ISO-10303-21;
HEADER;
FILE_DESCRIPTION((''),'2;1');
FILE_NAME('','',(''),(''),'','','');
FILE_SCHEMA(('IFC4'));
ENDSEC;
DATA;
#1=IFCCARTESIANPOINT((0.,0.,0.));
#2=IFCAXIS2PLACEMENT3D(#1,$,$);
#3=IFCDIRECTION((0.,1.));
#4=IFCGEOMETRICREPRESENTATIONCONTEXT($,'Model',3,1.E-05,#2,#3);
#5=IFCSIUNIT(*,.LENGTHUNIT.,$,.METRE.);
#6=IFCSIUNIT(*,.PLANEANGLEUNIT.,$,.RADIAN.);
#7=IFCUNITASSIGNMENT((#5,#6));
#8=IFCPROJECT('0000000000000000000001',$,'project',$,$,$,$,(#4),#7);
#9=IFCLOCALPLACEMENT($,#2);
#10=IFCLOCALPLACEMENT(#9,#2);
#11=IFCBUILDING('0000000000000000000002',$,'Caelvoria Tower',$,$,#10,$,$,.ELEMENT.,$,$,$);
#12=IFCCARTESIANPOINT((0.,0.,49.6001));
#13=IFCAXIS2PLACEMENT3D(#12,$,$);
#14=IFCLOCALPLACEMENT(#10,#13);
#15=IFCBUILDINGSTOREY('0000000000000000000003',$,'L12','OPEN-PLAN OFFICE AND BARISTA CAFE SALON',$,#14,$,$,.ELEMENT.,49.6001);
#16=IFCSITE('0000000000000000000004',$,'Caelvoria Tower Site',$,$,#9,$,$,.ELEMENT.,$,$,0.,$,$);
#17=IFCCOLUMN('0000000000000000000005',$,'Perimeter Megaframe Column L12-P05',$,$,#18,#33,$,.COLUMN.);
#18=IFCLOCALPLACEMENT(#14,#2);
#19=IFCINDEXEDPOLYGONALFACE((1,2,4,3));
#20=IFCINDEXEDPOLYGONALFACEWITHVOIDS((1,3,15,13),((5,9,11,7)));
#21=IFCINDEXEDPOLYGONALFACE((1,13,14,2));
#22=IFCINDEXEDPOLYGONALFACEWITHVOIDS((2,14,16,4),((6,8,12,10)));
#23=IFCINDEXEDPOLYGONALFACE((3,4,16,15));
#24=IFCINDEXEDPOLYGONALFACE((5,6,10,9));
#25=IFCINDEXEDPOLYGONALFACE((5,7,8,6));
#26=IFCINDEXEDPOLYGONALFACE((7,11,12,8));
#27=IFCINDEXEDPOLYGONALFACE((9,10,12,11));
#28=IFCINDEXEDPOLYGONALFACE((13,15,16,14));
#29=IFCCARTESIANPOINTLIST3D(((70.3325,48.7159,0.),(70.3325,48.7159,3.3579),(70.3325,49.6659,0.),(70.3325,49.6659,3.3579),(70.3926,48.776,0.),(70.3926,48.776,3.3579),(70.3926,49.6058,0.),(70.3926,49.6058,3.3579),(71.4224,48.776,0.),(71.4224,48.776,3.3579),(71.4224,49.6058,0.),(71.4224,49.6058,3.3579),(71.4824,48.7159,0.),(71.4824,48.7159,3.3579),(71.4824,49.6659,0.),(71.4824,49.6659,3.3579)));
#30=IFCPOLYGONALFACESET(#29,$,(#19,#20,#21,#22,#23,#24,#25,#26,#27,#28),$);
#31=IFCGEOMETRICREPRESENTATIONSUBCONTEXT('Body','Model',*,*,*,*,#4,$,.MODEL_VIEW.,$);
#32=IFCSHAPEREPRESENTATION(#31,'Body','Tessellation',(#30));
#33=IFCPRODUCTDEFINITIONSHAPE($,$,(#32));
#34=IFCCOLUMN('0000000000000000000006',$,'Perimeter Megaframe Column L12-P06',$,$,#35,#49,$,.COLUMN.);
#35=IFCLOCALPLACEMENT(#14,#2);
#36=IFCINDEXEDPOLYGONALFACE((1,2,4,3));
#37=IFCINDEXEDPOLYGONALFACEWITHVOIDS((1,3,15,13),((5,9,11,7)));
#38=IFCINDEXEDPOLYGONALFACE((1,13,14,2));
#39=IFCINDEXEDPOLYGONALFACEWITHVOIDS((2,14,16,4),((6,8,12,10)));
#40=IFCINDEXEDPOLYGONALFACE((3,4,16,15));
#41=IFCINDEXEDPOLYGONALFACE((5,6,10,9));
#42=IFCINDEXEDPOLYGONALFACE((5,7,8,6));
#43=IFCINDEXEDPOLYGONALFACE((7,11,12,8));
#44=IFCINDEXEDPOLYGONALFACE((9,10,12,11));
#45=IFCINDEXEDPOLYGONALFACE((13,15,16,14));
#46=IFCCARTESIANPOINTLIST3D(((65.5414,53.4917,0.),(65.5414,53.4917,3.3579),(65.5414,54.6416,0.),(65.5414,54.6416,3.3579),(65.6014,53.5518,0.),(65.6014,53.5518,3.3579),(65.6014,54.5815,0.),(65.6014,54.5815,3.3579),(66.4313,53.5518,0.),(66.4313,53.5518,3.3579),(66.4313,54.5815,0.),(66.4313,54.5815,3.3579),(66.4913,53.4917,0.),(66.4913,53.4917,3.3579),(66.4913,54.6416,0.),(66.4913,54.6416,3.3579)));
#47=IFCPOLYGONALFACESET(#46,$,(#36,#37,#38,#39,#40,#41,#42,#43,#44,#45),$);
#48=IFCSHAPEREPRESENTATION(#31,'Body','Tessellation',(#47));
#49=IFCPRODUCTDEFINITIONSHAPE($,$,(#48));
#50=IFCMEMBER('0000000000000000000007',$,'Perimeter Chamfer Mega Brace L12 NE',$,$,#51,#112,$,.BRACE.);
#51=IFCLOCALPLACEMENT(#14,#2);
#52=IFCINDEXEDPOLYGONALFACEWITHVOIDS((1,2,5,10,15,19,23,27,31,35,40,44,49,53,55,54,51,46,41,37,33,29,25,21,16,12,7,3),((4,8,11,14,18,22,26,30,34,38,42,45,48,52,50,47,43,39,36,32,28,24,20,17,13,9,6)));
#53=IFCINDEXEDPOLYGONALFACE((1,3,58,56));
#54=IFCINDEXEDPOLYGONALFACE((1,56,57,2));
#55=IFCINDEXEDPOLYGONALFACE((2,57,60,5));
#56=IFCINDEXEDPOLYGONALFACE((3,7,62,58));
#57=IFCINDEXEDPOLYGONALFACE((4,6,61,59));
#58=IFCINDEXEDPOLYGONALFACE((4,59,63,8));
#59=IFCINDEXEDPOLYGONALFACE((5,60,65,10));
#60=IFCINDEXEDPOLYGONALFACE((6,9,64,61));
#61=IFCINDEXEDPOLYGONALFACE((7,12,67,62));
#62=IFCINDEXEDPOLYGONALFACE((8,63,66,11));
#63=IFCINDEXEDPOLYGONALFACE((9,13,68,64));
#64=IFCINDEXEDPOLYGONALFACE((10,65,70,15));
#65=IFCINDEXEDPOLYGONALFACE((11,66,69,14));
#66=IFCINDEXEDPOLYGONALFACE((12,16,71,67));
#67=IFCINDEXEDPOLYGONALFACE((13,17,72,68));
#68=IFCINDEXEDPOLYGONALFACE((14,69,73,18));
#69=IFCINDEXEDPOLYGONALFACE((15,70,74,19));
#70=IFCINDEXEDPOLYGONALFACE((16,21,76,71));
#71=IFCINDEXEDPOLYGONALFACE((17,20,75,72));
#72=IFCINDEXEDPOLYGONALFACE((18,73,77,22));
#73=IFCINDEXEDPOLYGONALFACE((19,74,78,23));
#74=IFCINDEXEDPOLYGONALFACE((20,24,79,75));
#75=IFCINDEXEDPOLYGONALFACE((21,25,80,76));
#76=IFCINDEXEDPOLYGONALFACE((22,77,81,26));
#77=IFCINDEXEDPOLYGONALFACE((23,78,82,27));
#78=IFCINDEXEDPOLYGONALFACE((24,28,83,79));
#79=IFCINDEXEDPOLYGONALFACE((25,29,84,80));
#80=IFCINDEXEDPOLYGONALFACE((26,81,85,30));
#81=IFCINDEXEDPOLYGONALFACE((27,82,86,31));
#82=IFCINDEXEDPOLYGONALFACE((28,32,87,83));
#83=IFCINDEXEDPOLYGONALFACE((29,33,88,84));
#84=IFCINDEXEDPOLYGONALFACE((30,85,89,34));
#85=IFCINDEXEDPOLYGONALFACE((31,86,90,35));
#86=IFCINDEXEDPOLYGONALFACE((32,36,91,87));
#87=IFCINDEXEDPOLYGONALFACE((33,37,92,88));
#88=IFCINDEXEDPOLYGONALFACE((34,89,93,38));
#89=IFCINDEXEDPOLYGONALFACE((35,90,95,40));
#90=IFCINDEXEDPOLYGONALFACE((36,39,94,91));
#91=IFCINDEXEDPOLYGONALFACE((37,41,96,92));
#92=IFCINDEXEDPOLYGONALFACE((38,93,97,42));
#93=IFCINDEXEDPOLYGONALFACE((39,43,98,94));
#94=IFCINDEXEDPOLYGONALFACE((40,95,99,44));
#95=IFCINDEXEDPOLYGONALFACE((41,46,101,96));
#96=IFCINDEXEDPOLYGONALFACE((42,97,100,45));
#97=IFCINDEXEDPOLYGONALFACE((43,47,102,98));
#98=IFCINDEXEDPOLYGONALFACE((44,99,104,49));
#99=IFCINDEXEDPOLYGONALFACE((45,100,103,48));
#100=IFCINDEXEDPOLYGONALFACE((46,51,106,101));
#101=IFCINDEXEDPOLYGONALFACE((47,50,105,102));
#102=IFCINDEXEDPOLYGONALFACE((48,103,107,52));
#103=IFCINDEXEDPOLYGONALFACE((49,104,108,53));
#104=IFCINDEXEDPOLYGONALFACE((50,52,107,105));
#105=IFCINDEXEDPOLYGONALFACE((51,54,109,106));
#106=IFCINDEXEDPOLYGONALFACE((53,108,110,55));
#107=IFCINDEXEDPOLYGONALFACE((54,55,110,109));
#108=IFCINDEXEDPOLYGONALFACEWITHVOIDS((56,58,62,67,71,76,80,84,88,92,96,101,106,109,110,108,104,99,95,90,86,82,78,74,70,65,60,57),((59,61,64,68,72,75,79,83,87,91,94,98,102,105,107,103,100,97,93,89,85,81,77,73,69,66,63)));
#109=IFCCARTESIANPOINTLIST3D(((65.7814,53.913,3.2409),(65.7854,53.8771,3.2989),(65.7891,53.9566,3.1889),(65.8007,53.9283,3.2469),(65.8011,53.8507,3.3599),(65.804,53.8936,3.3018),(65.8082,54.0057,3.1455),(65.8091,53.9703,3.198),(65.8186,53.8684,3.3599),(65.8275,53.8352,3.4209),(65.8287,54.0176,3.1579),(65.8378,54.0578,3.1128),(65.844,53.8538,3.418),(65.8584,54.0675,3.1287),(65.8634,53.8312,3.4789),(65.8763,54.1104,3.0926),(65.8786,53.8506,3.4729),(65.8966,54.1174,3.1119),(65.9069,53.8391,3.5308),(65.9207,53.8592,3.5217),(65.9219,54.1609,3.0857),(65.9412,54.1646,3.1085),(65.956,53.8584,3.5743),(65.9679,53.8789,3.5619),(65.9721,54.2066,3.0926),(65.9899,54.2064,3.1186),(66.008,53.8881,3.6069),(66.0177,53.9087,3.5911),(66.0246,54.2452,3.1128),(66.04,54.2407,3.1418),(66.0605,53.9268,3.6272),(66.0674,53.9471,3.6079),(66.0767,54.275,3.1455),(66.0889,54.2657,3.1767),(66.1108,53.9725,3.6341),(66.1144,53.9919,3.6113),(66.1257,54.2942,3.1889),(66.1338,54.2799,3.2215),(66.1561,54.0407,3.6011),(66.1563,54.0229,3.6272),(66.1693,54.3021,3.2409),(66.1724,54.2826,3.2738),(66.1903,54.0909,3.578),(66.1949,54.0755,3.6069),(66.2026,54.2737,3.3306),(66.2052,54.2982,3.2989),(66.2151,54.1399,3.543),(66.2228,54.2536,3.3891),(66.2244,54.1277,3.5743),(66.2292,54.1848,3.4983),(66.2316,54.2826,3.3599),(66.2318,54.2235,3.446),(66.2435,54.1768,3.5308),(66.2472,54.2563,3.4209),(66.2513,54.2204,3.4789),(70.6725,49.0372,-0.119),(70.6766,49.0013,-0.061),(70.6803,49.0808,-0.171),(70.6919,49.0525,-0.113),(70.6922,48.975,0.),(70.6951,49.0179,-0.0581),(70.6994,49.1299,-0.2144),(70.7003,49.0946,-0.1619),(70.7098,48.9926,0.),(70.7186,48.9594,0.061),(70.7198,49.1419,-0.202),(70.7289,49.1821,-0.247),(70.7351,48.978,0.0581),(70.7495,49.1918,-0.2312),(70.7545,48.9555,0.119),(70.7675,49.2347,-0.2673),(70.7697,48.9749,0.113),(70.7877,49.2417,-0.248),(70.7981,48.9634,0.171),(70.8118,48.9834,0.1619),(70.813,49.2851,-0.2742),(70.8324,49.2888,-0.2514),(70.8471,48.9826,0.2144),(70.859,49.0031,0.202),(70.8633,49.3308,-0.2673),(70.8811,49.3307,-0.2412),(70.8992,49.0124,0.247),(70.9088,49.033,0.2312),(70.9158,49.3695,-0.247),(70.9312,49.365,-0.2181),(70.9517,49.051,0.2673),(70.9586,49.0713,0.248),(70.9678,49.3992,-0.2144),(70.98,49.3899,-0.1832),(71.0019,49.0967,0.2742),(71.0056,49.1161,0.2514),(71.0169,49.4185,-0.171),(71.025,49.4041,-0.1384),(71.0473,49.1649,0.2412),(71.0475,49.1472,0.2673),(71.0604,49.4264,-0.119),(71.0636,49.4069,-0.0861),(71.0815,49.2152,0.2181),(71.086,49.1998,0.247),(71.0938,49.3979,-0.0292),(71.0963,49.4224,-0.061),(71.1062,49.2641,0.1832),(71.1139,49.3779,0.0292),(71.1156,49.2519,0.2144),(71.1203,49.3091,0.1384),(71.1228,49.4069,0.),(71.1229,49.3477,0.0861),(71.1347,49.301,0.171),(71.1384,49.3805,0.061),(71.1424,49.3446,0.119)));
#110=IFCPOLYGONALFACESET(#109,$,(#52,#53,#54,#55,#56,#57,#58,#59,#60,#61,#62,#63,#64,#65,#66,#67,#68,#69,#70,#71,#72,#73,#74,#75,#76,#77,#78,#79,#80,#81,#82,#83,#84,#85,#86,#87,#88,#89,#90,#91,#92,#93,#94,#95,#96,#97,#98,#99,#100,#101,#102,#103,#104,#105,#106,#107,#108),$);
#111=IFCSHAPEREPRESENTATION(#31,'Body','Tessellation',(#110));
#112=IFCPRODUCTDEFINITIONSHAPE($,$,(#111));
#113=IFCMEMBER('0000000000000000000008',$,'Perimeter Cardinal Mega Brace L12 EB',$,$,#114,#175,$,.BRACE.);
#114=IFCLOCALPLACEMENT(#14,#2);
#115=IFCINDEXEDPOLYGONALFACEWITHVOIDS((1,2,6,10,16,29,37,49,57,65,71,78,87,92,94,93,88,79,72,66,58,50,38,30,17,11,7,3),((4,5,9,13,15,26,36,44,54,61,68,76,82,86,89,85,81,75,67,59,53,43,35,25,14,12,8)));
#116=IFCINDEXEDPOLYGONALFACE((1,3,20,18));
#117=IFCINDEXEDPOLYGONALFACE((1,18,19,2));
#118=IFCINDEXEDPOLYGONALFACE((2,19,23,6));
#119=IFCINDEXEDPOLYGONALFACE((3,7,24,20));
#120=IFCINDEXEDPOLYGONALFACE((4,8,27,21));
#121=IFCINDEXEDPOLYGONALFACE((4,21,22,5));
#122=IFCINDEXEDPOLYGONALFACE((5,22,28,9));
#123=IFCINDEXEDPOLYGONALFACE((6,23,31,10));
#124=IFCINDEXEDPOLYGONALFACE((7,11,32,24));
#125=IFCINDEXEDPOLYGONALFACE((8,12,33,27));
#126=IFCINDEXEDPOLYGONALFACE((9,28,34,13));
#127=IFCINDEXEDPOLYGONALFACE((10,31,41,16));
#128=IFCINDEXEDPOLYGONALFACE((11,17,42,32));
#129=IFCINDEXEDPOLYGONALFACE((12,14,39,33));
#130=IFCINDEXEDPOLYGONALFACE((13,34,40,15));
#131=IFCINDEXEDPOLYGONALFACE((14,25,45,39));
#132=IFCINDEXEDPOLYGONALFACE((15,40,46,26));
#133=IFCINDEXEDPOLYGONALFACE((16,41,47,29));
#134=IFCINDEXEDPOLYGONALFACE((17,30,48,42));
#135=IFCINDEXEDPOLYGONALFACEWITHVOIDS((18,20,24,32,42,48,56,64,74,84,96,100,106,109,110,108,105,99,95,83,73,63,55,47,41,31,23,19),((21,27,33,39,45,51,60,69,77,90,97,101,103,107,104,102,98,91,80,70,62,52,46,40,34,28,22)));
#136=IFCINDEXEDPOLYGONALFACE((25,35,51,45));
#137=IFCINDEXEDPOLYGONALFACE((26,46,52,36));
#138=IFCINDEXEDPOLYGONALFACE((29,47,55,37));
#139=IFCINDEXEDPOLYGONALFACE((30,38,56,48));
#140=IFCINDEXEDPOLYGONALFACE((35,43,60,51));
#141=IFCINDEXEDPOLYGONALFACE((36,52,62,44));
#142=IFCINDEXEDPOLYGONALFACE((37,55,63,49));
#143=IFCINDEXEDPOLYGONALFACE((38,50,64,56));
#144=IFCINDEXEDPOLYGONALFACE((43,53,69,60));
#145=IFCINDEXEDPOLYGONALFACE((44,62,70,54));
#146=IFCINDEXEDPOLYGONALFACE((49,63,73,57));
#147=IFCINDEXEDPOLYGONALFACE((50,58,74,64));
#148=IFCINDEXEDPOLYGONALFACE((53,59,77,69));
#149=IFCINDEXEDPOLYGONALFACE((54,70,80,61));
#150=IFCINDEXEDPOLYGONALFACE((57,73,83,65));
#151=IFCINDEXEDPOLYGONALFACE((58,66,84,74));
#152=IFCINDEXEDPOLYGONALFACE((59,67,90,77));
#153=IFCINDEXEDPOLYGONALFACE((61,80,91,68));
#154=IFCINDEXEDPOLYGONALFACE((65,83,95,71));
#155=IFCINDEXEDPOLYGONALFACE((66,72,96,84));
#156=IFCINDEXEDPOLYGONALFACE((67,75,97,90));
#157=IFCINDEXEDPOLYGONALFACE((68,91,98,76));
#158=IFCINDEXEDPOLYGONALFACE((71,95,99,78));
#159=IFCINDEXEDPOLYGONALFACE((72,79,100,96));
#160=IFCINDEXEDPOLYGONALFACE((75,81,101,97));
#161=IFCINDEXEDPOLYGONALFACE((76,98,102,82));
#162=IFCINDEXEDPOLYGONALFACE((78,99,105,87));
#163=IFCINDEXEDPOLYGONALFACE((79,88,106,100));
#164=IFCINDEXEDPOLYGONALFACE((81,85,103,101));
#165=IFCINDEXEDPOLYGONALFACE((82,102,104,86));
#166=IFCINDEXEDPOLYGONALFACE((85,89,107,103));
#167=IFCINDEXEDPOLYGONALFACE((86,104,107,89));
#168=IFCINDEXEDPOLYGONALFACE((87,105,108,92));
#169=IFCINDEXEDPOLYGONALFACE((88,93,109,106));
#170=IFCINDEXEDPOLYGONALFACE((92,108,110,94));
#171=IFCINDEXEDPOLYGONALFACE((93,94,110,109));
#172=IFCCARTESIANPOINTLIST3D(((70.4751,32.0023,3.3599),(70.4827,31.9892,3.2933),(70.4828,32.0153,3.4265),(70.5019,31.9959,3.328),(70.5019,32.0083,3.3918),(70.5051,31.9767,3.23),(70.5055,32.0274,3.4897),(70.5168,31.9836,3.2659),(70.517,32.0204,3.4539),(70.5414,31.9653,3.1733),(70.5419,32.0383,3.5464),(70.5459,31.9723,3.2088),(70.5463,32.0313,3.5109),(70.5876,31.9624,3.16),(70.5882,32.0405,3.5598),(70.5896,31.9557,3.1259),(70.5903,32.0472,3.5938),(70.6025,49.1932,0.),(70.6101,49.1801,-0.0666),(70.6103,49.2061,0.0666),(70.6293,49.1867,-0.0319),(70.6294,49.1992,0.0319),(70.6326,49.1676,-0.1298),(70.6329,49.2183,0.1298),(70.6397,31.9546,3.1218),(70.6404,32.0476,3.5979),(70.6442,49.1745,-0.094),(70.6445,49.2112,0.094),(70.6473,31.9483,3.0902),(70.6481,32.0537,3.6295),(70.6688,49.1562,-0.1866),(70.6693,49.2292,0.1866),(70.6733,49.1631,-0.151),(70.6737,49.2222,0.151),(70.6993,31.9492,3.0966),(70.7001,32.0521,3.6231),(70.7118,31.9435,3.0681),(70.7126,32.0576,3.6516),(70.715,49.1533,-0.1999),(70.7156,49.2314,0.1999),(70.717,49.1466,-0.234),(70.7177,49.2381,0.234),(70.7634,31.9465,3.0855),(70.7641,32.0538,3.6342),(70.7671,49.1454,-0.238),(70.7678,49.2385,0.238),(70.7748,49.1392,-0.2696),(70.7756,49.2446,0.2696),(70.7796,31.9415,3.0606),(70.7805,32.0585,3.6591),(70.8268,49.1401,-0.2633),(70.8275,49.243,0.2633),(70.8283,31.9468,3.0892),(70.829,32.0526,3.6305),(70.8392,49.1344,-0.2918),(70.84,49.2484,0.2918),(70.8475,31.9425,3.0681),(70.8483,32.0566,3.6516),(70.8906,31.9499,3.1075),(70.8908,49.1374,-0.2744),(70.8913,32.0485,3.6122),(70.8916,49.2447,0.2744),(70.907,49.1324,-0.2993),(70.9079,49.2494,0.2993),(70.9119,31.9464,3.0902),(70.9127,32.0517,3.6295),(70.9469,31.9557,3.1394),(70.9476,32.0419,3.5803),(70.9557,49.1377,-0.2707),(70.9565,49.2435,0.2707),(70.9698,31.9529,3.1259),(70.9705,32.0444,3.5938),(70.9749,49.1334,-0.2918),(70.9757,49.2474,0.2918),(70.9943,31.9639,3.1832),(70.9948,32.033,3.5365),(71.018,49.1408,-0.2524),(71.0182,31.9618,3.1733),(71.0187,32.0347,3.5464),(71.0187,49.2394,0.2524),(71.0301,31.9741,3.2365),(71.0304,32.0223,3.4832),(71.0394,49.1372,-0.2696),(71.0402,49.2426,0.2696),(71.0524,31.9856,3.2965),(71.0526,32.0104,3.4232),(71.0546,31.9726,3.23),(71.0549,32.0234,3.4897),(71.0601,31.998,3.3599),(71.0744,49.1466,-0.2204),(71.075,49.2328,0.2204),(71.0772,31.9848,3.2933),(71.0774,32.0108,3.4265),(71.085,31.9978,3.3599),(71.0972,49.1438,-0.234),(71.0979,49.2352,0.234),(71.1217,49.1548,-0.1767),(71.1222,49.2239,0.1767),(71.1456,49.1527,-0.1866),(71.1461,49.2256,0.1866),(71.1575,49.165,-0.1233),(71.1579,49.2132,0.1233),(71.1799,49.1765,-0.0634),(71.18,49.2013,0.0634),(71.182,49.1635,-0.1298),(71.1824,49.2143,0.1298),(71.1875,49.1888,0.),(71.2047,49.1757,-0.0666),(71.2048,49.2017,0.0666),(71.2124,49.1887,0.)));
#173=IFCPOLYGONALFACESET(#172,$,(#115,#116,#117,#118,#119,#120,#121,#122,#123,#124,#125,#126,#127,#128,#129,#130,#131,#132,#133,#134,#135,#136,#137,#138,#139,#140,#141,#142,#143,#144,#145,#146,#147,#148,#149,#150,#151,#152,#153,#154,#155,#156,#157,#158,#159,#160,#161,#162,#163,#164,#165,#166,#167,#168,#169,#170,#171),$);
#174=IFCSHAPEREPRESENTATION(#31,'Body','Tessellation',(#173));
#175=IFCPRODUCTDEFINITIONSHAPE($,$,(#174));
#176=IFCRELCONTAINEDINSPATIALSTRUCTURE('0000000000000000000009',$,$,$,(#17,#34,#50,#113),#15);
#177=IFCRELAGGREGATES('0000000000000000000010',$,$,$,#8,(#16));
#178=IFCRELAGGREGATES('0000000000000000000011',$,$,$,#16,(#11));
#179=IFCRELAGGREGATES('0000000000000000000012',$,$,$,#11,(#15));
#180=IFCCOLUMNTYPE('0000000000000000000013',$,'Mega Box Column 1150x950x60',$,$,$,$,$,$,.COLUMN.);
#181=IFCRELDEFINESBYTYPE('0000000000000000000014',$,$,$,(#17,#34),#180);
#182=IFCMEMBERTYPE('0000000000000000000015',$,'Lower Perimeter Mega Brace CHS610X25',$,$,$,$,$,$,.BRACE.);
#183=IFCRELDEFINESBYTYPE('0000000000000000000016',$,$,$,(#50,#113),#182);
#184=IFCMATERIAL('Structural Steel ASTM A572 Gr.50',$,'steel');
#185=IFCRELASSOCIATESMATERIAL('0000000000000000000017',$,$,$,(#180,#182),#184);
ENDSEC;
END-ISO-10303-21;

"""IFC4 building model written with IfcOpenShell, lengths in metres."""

from ifc_helpers import new_model, si_unit, direction, frame, origin, origin_2d, place, context, subcontext, project, spatial, hollow_rectangle, hollow_circle, extrude, material, material_profile, profile_set, type_object, element, save


model = new_model("IFC4")

# Units and contexts
model_context = context("Model", 3, precision=1e-05, world=origin(), true_north=direction((0.0, 1.0)))
body_context = subcontext(model_context, "Body", "Model", "MODEL_VIEW")
ifc_project = project(units=[si_unit("LENGTHUNIT", "METRE"), si_unit("PLANEANGLEUNIT", "RADIAN")], contexts=[model_context])

# Site, building, storey
site_placement = place(None, origin())
site = spatial("IfcSite", under=ifc_project, at=site_placement, Name="Caelvoria Tower Site", CompositionType="ELEMENT", RefElevation=0.0)
building_placement = place(site_placement, origin())
building = spatial("IfcBuilding", under=site, at=building_placement, Name="Caelvoria Tower", CompositionType="ELEMENT")
storey_placement = place(building_placement, frame((0.0, 0.0, 49.6001)))
storey = spatial("IfcBuildingStorey", under=building, at=storey_placement, Name="L12", Description="OPEN-PLAN OFFICE AND BARISTA CAFE SALON", CompositionType="ELEMENT", Elevation=49.6001)

# Columns
ifc_material_1 = material(Name="Structural Steel ASTM A572 Gr.50", Category="steel")
ifc_material_profile_1 = material_profile(ifc_material_1, hollow_rectangle(XDim=0.95, YDim=1.1499, WallThickness=0.0601, at=origin_2d()), Name="Structural Steel ASTM A572 Gr.50")
ifc_profile_set_1 = profile_set([ifc_material_profile_1], Name="BOX1150X950X60 - Structural Steel ASTM A572 Gr.50")
column_type = type_object("IfcColumnType", Name="Mega Box Column 1150x950x60", PredefinedType="COLUMN", material=ifc_profile_set_1)
for number, where, z_axis, x_axis, name in (
    (1, (70.9075, 49.1909, 0.0), (0.0, 0.0, 1.0), (0.0, 1.0, 0.0), "Perimeter Megaframe Column L12-P05"),
    (2, (66.0164, 54.0667, 0.0), (0.0, 0.0, 1.0), (1.0, 0.0, 0.0), "Perimeter Megaframe Column L12-P06"),
):
    element("IfcColumn", number, at=place(storey_placement, frame(where, z_axis=z_axis, x_axis=x_axis)), inside=storey, type_object=column_type, Name=name, PredefinedType="COLUMN", context=body_context, shape_type="SweptSolid", body=[
        extrude(hollow_rectangle(XDim=0.95, YDim=1.1499, WallThickness=0.0601, at=origin_2d()), origin(), (0.0, 0.0, 1.0), 3.3579),
    ])

# Members
ifc_material_profile_2 = material_profile(ifc_material_1, hollow_circle(Radius=0.3049, WallThickness=0.0249, at=origin_2d()), Name="Structural Steel ASTM A572 Gr.50")
ifc_profile_set_2 = profile_set([ifc_material_profile_2], Name="CHS610X25 - Structural Steel ASTM A572 Gr.50")
member_type = type_object("IfcMemberType", Name="Lower Perimeter Mega Brace CHS610X25", PredefinedType="BRACE", material=ifc_profile_set_2)
member_1_placement = place(storey_placement, frame((70.9075, 49.1909, 0.0), z_axis=(-0.636853, 0.63485, 0.437475), x_axis=(-0.705992, -0.708219, 0.0)))
element("IfcMember", 3, at=member_1_placement, inside=storey, type_object=member_type, Name="Perimeter Chamfer Mega Brace L12 NE", PredefinedType="BRACE", context=body_context, shape_type="SweptSolid", body=[
    extrude(hollow_circle(Radius=0.3049, WallThickness=0.0249, at=origin_2d()), origin(), (0.0, 0.0, 1.0), 7.6802),
])
member_2_placement = place(storey_placement, frame((70.9075, 49.1909, 0.0), z_axis=(-0.007275, -0.981405, 0.19181), x_axis=(0.999973, -0.007413, 0.0)))
element("IfcMember", 4, at=member_2_placement, inside=storey, type_object=member_type, Name="Perimeter Cardinal Mega Brace L12 EB", PredefinedType="BRACE", context=body_context, shape_type="SweptSolid", body=[
    extrude(hollow_circle(Radius=0.3049, WallThickness=0.0249, at=origin_2d()), origin(), (0.0, 0.0, 1.0), 17.5166),
])

save(model, "model.ifc")
